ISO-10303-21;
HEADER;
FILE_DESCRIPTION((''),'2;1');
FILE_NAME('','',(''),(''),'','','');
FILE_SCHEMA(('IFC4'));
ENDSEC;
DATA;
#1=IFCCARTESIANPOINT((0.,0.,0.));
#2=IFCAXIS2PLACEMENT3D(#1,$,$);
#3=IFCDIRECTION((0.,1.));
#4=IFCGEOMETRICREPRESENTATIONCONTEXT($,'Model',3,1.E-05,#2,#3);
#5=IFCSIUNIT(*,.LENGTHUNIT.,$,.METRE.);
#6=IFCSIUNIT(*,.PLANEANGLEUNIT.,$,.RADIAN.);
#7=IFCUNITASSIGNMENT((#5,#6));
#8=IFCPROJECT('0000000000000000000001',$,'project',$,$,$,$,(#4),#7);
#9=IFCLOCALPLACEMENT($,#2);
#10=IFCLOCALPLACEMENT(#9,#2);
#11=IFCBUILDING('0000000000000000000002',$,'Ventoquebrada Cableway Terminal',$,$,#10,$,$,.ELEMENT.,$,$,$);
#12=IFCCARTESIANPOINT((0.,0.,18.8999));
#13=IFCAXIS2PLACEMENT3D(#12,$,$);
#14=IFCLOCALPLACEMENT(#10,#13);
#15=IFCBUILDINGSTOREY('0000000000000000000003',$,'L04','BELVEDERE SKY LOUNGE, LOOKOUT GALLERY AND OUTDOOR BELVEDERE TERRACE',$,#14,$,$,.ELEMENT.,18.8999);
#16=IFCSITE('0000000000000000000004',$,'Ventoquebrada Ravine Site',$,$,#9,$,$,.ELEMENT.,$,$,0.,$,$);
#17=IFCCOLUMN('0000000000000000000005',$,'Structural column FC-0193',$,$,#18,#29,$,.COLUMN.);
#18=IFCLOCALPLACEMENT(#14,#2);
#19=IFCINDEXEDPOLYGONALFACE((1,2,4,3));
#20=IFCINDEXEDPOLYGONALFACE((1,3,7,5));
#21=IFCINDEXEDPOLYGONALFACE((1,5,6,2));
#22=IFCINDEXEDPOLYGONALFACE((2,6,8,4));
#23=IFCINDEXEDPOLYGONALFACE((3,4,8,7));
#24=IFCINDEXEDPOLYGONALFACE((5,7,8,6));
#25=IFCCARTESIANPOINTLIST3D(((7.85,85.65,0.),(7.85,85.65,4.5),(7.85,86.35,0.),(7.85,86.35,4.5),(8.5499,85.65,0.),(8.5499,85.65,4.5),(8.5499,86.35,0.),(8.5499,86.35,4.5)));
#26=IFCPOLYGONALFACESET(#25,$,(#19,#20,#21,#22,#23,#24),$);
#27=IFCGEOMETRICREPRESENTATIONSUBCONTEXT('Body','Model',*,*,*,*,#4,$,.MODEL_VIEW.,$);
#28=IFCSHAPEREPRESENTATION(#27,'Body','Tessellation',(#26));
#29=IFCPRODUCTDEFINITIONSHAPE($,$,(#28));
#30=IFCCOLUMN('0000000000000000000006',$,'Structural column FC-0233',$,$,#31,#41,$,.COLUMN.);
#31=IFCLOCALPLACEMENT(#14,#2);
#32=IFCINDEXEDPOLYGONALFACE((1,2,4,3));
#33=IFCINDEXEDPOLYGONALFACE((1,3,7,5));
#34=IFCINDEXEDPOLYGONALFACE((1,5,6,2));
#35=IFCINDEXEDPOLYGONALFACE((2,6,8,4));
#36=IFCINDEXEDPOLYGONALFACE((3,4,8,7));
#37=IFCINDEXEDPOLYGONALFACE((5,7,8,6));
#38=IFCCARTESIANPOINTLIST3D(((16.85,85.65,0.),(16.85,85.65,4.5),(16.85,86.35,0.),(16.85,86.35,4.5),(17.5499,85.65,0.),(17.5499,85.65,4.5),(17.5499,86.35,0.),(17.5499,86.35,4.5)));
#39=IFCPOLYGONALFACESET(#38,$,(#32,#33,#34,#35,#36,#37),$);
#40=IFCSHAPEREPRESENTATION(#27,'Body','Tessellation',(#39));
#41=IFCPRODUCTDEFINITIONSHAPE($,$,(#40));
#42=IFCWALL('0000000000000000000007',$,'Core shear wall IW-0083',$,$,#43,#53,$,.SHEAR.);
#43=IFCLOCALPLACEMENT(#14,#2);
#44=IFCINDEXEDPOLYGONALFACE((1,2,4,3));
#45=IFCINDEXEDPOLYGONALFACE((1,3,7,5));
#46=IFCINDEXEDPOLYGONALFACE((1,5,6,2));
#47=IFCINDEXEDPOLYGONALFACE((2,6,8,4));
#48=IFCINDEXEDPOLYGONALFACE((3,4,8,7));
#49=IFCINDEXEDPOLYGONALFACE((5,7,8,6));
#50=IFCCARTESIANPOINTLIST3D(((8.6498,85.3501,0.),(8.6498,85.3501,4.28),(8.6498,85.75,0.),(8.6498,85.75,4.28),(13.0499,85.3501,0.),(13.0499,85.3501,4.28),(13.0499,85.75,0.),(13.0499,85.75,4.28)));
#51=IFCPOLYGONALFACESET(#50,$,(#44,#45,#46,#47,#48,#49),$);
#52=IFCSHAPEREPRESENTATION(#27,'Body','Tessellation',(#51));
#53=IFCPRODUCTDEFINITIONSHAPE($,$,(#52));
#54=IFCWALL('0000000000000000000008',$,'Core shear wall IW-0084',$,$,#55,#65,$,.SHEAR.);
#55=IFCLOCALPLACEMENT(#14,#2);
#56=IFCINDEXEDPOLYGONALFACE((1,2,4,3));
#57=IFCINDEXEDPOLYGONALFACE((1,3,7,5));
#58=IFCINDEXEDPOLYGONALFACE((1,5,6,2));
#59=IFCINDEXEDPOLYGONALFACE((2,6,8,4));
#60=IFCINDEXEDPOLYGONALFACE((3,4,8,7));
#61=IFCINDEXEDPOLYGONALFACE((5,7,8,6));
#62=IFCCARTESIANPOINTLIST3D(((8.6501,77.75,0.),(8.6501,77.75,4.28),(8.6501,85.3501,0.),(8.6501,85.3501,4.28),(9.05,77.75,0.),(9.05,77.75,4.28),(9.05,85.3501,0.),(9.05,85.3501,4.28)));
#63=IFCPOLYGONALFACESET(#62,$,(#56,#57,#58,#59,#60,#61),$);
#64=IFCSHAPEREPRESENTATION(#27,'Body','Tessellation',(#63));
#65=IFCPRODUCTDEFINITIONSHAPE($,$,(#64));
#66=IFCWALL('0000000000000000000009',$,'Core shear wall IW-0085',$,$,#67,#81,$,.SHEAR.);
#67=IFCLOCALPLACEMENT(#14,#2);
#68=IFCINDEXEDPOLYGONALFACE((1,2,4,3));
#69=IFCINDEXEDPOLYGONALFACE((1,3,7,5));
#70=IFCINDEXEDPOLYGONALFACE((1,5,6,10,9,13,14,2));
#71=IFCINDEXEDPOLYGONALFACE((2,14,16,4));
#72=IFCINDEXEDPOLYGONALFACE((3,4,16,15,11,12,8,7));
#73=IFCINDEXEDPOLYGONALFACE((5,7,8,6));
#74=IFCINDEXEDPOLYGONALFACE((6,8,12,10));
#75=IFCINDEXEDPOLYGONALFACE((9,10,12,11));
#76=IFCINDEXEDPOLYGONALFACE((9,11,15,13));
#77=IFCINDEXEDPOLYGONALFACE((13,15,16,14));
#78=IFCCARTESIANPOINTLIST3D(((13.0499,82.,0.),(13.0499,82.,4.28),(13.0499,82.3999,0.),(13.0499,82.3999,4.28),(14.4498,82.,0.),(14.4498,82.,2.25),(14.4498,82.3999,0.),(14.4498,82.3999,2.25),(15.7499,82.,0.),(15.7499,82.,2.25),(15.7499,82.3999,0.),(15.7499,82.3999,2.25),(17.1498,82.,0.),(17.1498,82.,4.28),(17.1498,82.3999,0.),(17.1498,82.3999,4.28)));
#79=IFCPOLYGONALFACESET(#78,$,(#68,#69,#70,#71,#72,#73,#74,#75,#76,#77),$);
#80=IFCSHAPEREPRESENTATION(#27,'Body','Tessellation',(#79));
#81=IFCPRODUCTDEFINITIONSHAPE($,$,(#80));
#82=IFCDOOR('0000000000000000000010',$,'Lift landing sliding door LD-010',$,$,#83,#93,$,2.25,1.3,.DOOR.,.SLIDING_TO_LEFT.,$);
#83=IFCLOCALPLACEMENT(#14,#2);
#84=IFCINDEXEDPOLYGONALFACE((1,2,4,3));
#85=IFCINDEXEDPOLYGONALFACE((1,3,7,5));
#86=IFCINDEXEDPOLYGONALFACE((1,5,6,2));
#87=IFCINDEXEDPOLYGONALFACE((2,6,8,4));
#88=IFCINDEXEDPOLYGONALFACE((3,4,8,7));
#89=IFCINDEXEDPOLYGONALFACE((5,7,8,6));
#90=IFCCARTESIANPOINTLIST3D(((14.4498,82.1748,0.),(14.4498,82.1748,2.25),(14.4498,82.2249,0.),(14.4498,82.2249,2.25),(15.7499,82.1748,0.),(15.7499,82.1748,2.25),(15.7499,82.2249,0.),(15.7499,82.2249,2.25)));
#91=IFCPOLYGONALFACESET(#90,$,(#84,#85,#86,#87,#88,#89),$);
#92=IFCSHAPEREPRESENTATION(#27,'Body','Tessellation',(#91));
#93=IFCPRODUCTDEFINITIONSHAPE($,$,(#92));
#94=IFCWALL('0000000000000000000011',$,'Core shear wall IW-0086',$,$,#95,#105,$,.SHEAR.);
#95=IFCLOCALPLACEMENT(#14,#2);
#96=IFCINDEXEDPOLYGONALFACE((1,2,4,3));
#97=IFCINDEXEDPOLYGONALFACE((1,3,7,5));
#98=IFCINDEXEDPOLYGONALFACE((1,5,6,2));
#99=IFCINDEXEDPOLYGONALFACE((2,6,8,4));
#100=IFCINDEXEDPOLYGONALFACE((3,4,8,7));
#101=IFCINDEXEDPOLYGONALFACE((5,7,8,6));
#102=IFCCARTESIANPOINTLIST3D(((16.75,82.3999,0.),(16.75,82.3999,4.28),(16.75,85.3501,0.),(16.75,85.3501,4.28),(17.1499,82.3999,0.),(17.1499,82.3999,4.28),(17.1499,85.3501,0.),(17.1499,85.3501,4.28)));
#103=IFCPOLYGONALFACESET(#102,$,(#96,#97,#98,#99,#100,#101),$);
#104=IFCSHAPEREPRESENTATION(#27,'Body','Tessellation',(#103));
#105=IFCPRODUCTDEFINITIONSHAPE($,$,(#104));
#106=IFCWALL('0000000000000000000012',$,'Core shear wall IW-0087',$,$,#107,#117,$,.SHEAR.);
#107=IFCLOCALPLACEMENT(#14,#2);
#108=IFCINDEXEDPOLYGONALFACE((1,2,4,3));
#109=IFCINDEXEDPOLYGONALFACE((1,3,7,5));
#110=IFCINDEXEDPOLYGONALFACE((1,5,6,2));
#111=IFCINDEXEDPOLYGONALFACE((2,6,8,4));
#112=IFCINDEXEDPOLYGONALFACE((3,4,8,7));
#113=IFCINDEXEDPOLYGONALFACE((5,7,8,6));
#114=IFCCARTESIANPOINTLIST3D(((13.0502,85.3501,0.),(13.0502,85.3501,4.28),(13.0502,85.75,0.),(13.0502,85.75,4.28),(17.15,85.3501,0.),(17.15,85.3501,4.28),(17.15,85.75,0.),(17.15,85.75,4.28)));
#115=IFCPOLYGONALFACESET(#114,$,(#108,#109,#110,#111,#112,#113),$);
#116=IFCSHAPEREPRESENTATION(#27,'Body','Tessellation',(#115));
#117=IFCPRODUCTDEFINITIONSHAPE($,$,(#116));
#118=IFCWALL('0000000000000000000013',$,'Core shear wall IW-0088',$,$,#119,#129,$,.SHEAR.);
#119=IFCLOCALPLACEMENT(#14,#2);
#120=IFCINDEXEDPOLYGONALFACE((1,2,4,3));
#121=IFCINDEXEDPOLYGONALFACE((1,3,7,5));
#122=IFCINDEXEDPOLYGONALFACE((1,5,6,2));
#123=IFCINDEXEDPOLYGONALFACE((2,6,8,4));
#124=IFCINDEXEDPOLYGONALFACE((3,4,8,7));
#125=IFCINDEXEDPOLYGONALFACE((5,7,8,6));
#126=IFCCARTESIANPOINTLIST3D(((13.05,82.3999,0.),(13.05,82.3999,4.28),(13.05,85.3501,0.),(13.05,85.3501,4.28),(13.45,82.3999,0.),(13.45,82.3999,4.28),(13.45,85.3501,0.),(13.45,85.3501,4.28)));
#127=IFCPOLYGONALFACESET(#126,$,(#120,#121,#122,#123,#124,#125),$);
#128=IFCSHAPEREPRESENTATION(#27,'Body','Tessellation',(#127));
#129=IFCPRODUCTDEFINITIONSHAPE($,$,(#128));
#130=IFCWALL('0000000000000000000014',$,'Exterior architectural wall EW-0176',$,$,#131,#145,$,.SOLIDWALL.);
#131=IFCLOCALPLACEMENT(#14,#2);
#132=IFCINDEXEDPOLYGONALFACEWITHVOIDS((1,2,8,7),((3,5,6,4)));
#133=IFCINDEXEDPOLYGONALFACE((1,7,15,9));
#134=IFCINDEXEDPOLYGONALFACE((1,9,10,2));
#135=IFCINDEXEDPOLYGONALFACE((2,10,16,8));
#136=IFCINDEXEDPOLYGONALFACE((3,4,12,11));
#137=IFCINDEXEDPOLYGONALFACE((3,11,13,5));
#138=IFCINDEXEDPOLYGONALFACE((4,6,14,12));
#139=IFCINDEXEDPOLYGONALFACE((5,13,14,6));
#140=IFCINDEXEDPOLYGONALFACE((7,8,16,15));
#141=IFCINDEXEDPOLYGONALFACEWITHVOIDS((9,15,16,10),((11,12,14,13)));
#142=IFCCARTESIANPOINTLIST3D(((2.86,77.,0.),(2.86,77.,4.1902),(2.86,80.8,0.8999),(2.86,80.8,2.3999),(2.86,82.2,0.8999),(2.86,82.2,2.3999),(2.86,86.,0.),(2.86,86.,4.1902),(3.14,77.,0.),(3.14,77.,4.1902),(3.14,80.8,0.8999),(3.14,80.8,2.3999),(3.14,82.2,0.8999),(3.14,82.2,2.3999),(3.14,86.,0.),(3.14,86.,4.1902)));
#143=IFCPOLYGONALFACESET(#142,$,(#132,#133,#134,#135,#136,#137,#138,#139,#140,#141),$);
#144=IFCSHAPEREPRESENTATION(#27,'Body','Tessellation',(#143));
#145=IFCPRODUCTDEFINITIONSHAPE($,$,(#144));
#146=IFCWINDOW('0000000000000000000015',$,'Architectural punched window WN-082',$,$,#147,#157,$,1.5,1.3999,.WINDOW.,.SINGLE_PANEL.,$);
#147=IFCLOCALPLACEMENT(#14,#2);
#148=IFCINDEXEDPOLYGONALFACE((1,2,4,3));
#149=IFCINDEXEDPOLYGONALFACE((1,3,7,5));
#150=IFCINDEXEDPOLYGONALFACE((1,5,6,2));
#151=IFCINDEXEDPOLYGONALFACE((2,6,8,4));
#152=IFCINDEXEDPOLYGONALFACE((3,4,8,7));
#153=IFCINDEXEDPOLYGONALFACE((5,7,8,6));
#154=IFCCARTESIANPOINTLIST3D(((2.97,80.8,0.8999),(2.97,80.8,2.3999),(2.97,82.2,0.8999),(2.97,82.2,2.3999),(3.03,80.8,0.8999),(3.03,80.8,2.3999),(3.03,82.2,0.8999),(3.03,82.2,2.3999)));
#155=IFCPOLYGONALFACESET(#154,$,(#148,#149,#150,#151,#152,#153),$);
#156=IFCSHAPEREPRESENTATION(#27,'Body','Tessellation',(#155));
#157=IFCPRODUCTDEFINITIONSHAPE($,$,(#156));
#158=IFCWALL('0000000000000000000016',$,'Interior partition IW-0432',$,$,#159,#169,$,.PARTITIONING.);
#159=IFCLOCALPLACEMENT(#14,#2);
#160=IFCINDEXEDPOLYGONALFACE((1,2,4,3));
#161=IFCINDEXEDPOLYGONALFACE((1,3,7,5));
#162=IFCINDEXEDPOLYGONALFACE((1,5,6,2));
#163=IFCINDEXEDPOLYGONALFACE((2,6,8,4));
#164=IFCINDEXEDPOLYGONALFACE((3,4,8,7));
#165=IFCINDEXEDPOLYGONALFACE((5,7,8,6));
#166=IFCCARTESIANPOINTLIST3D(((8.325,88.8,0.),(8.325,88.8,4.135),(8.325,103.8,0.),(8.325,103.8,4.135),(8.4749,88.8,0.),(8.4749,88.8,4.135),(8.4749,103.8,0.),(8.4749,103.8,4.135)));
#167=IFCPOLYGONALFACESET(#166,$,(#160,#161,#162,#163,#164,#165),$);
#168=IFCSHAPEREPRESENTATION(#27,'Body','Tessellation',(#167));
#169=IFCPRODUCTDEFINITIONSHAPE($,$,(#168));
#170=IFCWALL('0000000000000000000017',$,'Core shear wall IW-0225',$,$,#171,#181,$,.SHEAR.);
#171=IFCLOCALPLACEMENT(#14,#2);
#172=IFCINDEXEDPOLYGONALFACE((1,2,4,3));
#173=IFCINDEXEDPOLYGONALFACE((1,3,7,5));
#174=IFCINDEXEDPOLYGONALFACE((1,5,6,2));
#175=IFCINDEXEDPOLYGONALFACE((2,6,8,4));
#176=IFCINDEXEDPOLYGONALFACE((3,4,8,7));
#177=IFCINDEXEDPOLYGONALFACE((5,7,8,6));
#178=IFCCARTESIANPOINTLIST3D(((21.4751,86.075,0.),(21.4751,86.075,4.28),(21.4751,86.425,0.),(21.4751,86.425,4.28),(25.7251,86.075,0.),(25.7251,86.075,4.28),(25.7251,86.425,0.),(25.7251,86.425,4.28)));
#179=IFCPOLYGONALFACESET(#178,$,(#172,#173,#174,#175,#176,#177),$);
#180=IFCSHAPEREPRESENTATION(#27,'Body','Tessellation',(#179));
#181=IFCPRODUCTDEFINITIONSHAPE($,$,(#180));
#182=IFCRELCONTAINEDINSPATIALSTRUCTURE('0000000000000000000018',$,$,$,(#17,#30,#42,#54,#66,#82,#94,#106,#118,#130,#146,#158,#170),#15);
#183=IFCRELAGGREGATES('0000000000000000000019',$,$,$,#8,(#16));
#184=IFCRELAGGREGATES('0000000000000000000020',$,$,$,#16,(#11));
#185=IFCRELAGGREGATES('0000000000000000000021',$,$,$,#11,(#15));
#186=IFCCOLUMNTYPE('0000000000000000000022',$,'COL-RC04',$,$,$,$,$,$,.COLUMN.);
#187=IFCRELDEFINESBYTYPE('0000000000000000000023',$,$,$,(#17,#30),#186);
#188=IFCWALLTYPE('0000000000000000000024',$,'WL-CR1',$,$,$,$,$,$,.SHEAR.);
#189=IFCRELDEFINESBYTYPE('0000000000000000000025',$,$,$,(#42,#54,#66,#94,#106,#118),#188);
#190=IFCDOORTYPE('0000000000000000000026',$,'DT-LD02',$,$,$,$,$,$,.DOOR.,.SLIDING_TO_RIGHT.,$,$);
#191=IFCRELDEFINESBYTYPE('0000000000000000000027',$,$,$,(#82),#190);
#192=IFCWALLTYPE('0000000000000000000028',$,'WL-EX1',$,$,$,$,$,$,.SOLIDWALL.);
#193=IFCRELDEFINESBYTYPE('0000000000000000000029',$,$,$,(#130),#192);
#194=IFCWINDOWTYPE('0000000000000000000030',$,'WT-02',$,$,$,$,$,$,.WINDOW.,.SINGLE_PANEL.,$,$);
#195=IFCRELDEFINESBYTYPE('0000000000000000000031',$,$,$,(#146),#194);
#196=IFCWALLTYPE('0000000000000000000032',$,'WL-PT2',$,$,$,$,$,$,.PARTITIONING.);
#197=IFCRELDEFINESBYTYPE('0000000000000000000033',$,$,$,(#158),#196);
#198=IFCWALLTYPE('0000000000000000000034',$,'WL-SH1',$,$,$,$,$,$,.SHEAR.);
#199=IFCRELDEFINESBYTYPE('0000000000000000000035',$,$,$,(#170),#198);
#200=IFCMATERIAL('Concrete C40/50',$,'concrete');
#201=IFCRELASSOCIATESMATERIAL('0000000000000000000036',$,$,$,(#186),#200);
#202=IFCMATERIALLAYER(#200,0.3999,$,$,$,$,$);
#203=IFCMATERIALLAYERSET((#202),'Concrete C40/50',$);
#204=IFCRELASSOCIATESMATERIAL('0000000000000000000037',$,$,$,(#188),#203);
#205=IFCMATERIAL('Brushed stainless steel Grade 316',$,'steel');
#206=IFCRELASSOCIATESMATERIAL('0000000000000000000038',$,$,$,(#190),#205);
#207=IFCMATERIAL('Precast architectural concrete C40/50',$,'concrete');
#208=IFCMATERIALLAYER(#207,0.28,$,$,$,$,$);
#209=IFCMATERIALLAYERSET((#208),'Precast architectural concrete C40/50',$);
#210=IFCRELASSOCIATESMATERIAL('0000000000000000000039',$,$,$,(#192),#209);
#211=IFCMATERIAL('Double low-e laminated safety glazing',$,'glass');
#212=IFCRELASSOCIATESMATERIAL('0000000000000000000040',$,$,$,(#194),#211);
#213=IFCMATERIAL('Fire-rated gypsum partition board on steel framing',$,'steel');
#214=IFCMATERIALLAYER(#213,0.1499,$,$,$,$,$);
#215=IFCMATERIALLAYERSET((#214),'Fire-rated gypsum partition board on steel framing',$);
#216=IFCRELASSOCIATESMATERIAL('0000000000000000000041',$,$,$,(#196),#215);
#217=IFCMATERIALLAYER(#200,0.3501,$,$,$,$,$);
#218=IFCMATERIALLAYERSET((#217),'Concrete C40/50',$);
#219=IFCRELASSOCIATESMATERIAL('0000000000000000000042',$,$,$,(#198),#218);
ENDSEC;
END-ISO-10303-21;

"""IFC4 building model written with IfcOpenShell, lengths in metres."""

from ifc_helpers import new_model, si_unit, direction, frame, frame_2d, origin, origin_2d, place, context, subcontext, project, spatial, rectangle, extrude, material, layer, layer_set, material_profile, profile_set, type_object, element, fill, save


model = new_model("IFC4")

# Units and contexts
model_context = context("Model", 3, precision=1e-05, world=origin(), true_north=direction((0.0, 1.0)))
body_context = subcontext(model_context, "Body", "Model", "MODEL_VIEW")
ifc_project = project(units=[si_unit("LENGTHUNIT", "METRE"), si_unit("PLANEANGLEUNIT", "RADIAN")], contexts=[model_context])

# Site, building, storey
site_placement = place(None, origin())
site = spatial("IfcSite", under=ifc_project, at=site_placement, Name="Ventoquebrada Ravine Site", CompositionType="ELEMENT", RefElevation=0.0)
building_placement = place(site_placement, origin())
building = spatial("IfcBuilding", under=site, at=building_placement, Name="Ventoquebrada Cableway Terminal", CompositionType="ELEMENT")
storey_placement = place(building_placement, frame((0.0, 0.0, 18.8999)))
storey = spatial("IfcBuildingStorey", under=building, at=storey_placement, Name="L04", Description="BELVEDERE SKY LOUNGE, LOOKOUT GALLERY AND OUTDOOR BELVEDERE TERRACE", CompositionType="ELEMENT", Elevation=18.8999)

# Columns
ifc_material_1 = material(Name="Concrete C40/50", Category="concrete")
ifc_material_profile = material_profile(ifc_material_1, rectangle(XDim=0.7, YDim=0.7, at=origin_2d()), Name="RC-COL-700X700")
ifc_profile_set = profile_set([ifc_material_profile], Name="Concrete C40/50")
column_type = type_object("IfcColumnType", Name="COL-RC04", PredefinedType="COLUMN", material=ifc_profile_set)
for number, where, z_axis, x_axis, name in (
    (1, (8.2, 86.0, 0.0), (0.0, 0.0, 1.0), (1.0, 0.0, 0.0), "Structural column FC-0193"),
    (2, (17.2, 86.0, 0.0), (0.0, 0.0, 1.0), (1.0, 0.0, 0.0), "Structural column FC-0233"),
):
    element("IfcColumn", number, at=place(storey_placement, frame(where, z_axis=z_axis, x_axis=x_axis)), inside=storey, type_object=column_type, Name=name, PredefinedType="COLUMN", context=body_context, shape_type="SweptSolid", body=[
        extrude(rectangle(XDim=0.7, YDim=0.7, at=origin_2d()), origin(), (0.0, 0.0, 1.0), 4.5),
    ])

# Walls
ifc_layer_1 = layer(ifc_material_1, 0.3999)
ifc_layer_set_1 = layer_set([ifc_layer_1], Name="Concrete C40/50")
wall_type_1 = type_object("IfcWallType", Name="WL-CR1", PredefinedType="SHEAR", material=ifc_layer_set_1)
wall_1_placement = place(storey_placement, frame((13.05, 85.55, 0.0), z_axis=(0.0, 0.0, 1.0), x_axis=(-1.0, 0.0, 0.0)))
element("IfcWall", 3, at=wall_1_placement, inside=storey, type_object=wall_type_1, Name="Core shear wall IW-0083", PredefinedType="SHEAR", context=body_context, shape_type="SweptSolid", body=[
    extrude(rectangle(XDim=4.4001, YDim=0.3999, at=frame_2d((2.2002, 0.0))), origin(), (0.0, 0.0, 1.0), 4.28),
])
wall_2_placement = place(storey_placement, frame((8.8501, 85.3501, 0.0), z_axis=(0.0, 0.0, 1.0), x_axis=(0.0, -1.0, 0.0)))
element("IfcWall", 4, at=wall_2_placement, inside=storey, type_object=wall_type_1, Name="Core shear wall IW-0084", PredefinedType="SHEAR", context=body_context, shape_type="SweptSolid", body=[
    extrude(rectangle(XDim=7.6001, YDim=0.3999, at=frame_2d((3.8, 0.0))), origin(), (0.0, 0.0, 1.0), 4.28),
])

# Wall, opening, door
wall_3_placement = place(storey_placement, frame((13.05, 82.2, 0.0), z_axis=(0.0, 0.0, 1.0), x_axis=(1.0, 0.0, 0.0)))
wall_3 = element("IfcWall", 5, at=wall_3_placement, inside=storey, type_object=wall_type_1, Name="Core shear wall IW-0085", PredefinedType="SHEAR", context=body_context, shape_type="SweptSolid", body=[
    extrude(rectangle(XDim=4.0999, YDim=0.3999, at=frame_2d((2.0498, 0.0))), origin(), (0.0, 0.0, 1.0), 4.28),
])
opening_1_placement = place(wall_3_placement, frame((1.3999, 0.0, 0.0)))
opening_1 = element("IfcOpeningElement", 6, at=opening_1_placement, cuts=wall_3, PredefinedType="OPENING", context=body_context, shape_type="SweptSolid", body=[
    extrude(rectangle(XDim=1.3, YDim=2.25, at=frame_2d((0.6499, 1.125))), frame((0.0, 0.21, 0.0), z_axis=(0.0, -1.0, 0.0), x_axis=(1.0, 0.0, 0.0)), (0.0, 0.0, 1.0), 0.4199),
])
ifc_material_2 = material(Name="Brushed stainless steel Grade 316", Category="steel")
door_type_1 = type_object("IfcDoorType", Name="DT-LD02", OperationType="SLIDING_TO_RIGHT", PredefinedType="DOOR", material=ifc_material_2)
door_1_placement = place(opening_1_placement, origin())
door_1 = element("IfcDoor", 7, at=door_1_placement, inside=storey, type_object=door_type_1, Name="Lift landing sliding door LD-010", OperationType="SLIDING_TO_LEFT", OverallHeight=2.25, OverallWidth=1.3, PredefinedType="DOOR", context=body_context, shape_type="SweptSolid", body=[
    extrude(rectangle(XDim=1.3, YDim=2.25, at=frame_2d((0.6499, 1.125))), frame((0.0, 0.0249, 0.0), z_axis=(0.0, -1.0, 0.0), x_axis=(1.0, 0.0, 0.0)), (0.0, 0.0, 1.0), 0.05),
])
fill(opening_1, door_1)

# Walls
wall_4_placement = place(storey_placement, frame((16.95, 82.3999, 0.0), z_axis=(0.0, 0.0, 1.0), x_axis=(0.0, 1.0, 0.0)))
element("IfcWall", 8, at=wall_4_placement, inside=storey, type_object=wall_type_1, Name="Core shear wall IW-0086", PredefinedType="SHEAR", context=body_context, shape_type="SweptSolid", body=[
    extrude(rectangle(XDim=2.9502, YDim=0.3999, at=frame_2d((1.4751, 0.0))), origin(), (0.0, 0.0, 1.0), 4.28),
])
wall_5_placement = place(storey_placement, frame((17.1499, 85.55, 0.0), z_axis=(0.0, 0.0, 1.0), x_axis=(-1.0, 0.0, 0.0)))
element("IfcWall", 9, at=wall_5_placement, inside=storey, type_object=wall_type_1, Name="Core shear wall IW-0087", PredefinedType="SHEAR", context=body_context, shape_type="SweptSolid", body=[
    extrude(rectangle(XDim=4.0999, YDim=0.3999, at=frame_2d((2.0498, 0.0))), origin(), (0.0, 0.0, 1.0), 4.28),
])
wall_6_placement = place(storey_placement, frame((13.25, 85.3501, 0.0), z_axis=(0.0, 0.0, 1.0), x_axis=(0.0, -1.0, 0.0)))
element("IfcWall", 10, at=wall_6_placement, inside=storey, type_object=wall_type_1, Name="Core shear wall IW-0088", PredefinedType="SHEAR", context=body_context, shape_type="SweptSolid", body=[
    extrude(rectangle(XDim=2.9502, YDim=0.3999, at=frame_2d((1.4751, 0.0))), origin(), (0.0, 0.0, 1.0), 4.28),
])

# Wall, opening, window
ifc_material_3 = material(Name="Precast architectural concrete C40/50", Category="concrete")
ifc_layer_2 = layer(ifc_material_3, 0.28)
ifc_layer_set_2 = layer_set([ifc_layer_2], Name="Precast architectural concrete C40/50")
wall_type_2 = type_object("IfcWallType", Name="WL-EX1", PredefinedType="SOLIDWALL", material=ifc_layer_set_2)
wall_7_placement = place(storey_placement, frame((3.0, 86.0, 0.0), z_axis=(0.0, 0.0, 1.0), x_axis=(0.0, -1.0, 0.0)))
wall_7 = element("IfcWall", 11, at=wall_7_placement, inside=storey, type_object=wall_type_2, Name="Exterior architectural wall EW-0176", PredefinedType="SOLIDWALL", context=body_context, shape_type="SweptSolid", body=[
    extrude(rectangle(XDim=9.0, YDim=0.28, at=frame_2d((4.5, 0.0))), origin(), (0.0, 0.0, 1.0), 4.1902),
])
opening_2_placement = place(wall_7_placement, frame((3.8, 0.0, 0.8999)))
opening_2 = element("IfcOpeningElement", 12, at=opening_2_placement, cuts=wall_7, PredefinedType="OPENING", context=body_context, shape_type="SweptSolid", body=[
    extrude(rectangle(XDim=1.3999, YDim=1.5, at=frame_2d((0.7, 0.75))), frame((0.0, 0.1499, 0.0), z_axis=(0.0, -1.0, 0.0), x_axis=(1.0, 0.0, 0.0)), (0.0, 0.0, 1.0), 0.3),
])
ifc_material_4 = material(Name="Double low-e laminated safety glazing", Category="glass")
window_type = type_object("IfcWindowType", Name="WT-02", PartitioningType="SINGLE_PANEL", PredefinedType="WINDOW", material=ifc_material_4)
window_placement = place(opening_2_placement, origin())
window = element("IfcWindow", 13, at=window_placement, inside=storey, type_object=window_type, Name="Architectural punched window WN-082", OverallHeight=1.5, OverallWidth=1.3999, PartitioningType="SINGLE_PANEL", PredefinedType="WINDOW", context=body_context, shape_type="SweptSolid", body=[
    extrude(rectangle(XDim=1.3999, YDim=1.5, at=frame_2d((0.7, 0.75))), frame((0.0, 0.03, 0.0), z_axis=(0.0, -1.0, 0.0), x_axis=(1.0, 0.0, 0.0)), (0.0, 0.0, 1.0), 0.0601),
])
fill(opening_2, window)

# Shared definitions
ifc_material_5 = material(Name="Fire-rated gypsum partition board on steel framing", Category="steel")

# Walls
ifc_layer_3 = layer(ifc_material_5, 0.1499)
ifc_layer_set_3 = layer_set([ifc_layer_3], Name="Fire-rated gypsum partition board on steel framing")
wall_type_3 = type_object("IfcWallType", Name="WL-PT2", PredefinedType="PARTITIONING", material=ifc_layer_set_3)
wall_8_placement = place(storey_placement, frame((8.3999, 88.8, 0.0), z_axis=(0.0, 0.0, 1.0), x_axis=(0.0, 1.0, 0.0)))
element("IfcWall", 14, at=wall_8_placement, inside=storey, type_object=wall_type_3, Name="Interior partition IW-0432", PredefinedType="PARTITIONING", context=body_context, shape_type="SweptSolid", body=[
    extrude(rectangle(XDim=15.0, YDim=0.1499, at=frame_2d((7.5, 0.0))), origin(), (0.0, 0.0, 1.0), 4.135),
])
ifc_layer_4 = layer(ifc_material_1, 0.3501)
ifc_layer_set_4 = layer_set([ifc_layer_4], Name="Concrete C40/50")
wall_type_4 = type_object("IfcWallType", Name="WL-SH1", PredefinedType="SHEAR", material=ifc_layer_set_4)
wall_9_placement = place(storey_placement, frame((21.4751, 86.25, 0.0), z_axis=(0.0, 0.0, 1.0), x_axis=(1.0, 0.0, 0.0)))
element("IfcWall", 15, at=wall_9_placement, inside=storey, type_object=wall_type_4, Name="Core shear wall IW-0225", PredefinedType="SHEAR", context=body_context, shape_type="SweptSolid", body=[
    extrude(rectangle(XDim=4.25, YDim=0.3501, at=frame_2d((2.125, 0.0))), origin(), (0.0, 0.0, 1.0), 4.28),
])

save(model, "model.ifc")
